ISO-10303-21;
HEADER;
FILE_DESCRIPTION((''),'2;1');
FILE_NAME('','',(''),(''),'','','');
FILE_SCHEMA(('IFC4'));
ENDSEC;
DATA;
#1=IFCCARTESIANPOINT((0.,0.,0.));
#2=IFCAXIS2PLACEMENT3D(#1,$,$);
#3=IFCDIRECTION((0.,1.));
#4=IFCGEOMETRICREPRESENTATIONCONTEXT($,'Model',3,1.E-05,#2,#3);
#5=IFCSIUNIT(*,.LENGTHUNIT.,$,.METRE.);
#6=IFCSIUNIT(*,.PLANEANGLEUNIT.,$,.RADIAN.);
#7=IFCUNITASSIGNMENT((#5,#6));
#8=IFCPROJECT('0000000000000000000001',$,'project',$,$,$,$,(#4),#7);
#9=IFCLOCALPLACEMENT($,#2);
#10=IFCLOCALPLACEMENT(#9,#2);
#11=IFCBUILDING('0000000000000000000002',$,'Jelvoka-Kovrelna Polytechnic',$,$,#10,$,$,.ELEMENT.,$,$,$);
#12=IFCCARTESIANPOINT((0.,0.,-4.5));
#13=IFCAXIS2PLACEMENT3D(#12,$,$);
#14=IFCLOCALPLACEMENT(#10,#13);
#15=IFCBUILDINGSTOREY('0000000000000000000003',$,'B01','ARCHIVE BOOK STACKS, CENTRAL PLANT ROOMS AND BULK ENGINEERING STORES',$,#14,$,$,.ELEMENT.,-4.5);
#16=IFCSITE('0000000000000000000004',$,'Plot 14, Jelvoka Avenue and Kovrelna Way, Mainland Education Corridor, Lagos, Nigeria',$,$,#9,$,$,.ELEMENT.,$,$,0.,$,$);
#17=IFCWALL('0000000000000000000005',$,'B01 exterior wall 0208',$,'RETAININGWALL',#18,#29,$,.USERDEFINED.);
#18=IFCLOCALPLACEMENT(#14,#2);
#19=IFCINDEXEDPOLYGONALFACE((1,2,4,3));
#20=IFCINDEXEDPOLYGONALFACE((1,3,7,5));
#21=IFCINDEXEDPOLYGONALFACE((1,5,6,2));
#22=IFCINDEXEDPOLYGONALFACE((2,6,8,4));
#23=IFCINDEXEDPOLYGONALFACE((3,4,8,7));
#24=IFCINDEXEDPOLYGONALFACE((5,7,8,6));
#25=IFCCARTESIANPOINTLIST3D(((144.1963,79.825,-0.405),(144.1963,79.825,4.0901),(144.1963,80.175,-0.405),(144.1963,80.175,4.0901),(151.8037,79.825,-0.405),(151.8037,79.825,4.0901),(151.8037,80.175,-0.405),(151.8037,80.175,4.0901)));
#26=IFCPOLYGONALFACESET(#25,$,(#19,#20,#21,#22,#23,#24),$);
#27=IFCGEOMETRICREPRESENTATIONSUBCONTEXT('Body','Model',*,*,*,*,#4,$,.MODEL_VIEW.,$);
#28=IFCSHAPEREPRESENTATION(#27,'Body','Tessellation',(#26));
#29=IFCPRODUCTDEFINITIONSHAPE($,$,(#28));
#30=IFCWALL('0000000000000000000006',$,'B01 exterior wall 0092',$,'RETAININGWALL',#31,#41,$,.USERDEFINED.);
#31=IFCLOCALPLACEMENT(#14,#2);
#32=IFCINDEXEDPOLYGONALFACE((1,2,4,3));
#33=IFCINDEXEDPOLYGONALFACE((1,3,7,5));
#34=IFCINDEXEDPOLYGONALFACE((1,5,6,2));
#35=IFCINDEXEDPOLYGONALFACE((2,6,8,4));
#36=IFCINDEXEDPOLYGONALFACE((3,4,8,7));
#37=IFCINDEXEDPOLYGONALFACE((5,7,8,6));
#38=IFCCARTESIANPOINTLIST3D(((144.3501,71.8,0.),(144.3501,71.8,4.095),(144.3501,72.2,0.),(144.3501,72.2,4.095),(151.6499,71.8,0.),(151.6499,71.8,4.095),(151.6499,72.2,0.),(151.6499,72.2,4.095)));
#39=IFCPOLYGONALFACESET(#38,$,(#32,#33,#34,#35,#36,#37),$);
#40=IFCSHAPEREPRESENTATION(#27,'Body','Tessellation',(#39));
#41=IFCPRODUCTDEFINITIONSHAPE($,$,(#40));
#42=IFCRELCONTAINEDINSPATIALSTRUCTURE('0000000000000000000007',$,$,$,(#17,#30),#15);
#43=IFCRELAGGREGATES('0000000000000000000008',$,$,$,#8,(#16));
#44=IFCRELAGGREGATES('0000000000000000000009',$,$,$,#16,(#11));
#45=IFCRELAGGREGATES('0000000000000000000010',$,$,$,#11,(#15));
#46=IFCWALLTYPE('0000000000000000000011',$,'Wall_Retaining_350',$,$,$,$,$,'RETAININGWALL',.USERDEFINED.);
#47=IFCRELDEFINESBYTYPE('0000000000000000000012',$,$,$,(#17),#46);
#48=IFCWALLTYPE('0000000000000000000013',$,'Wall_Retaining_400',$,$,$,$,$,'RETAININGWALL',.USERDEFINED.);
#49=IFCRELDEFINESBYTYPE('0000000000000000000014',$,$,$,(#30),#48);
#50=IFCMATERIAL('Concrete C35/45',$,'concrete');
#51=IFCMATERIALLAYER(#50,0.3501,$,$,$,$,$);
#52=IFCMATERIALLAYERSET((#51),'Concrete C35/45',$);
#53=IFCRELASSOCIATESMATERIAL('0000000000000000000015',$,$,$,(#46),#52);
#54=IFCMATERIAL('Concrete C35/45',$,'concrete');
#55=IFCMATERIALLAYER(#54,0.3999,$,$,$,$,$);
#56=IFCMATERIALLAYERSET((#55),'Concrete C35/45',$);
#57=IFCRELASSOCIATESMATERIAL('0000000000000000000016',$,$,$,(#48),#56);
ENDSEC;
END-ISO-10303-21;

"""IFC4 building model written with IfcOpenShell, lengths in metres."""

from ifc_helpers import new_model, si_unit, direction, frame, frame_2d, origin, place, context, subcontext, project, spatial, rectangle, extrude, material, layer, layer_set, type_object, element, save


model = new_model("IFC4")

# Units and contexts
model_context = context("Model", 3, precision=1e-05, world=origin(), true_north=direction((0.0, 1.0)))
body_context = subcontext(model_context, "Body", "Model", "MODEL_VIEW")
ifc_project = project(units=[si_unit("LENGTHUNIT", "METRE"), si_unit("PLANEANGLEUNIT", "RADIAN")], contexts=[model_context])

# Site, building, storey
site_placement = place(None, origin())
site = spatial("IfcSite", under=ifc_project, at=site_placement, Name="Plot 14, Jelvoka Avenue and Kovrelna Way, Mainland Education Corridor, Lagos, Nigeria", CompositionType="ELEMENT", RefElevation=0.0)
building_placement = place(site_placement, origin())
building = spatial("IfcBuilding", under=site, at=building_placement, Name="Jelvoka-Kovrelna Polytechnic", CompositionType="ELEMENT")
storey_placement = place(building_placement, frame((0.0, 0.0, -4.5)))
storey = spatial("IfcBuildingStorey", under=building, at=storey_placement, Name="B01", Description="ARCHIVE BOOK STACKS, CENTRAL PLANT ROOMS AND BULK ENGINEERING STORES", CompositionType="ELEMENT", Elevation=-4.5)

# Walls
ifc_material_1 = material(Name="Concrete C35/45", Category="concrete")
ifc_layer_1 = layer(ifc_material_1, 0.3501)
ifc_layer_set_1 = layer_set([ifc_layer_1], Name="Concrete C35/45")
wall_type_1 = type_object("IfcWallType", Name="Wall_Retaining_350", ElementType="RETAININGWALL", PredefinedType="USERDEFINED", material=ifc_layer_set_1)
wall_1_placement = place(storey_placement, frame((144.1963, 80.0, -0.405), z_axis=(0.0, 0.0, 1.0), x_axis=(1.0, 0.0, 0.0)))
element("IfcWall", 1, at=wall_1_placement, inside=storey, type_object=wall_type_1, Name="B01 exterior wall 0208", ObjectType="RETAININGWALL", PredefinedType="USERDEFINED", context=body_context, shape_type="SweptSolid", body=[
    extrude(rectangle(XDim=7.6074, YDim=0.3501, at=frame_2d((3.8037, 0.0))), origin(), (0.0, 0.0, 1.0), 4.4951),
])
ifc_material_2 = material(Name="Concrete C35/45", Category="concrete")
ifc_layer_2 = layer(ifc_material_2, 0.3999)
ifc_layer_set_2 = layer_set([ifc_layer_2], Name="Concrete C35/45")
wall_type_2 = type_object("IfcWallType", Name="Wall_Retaining_400", ElementType="RETAININGWALL", PredefinedType="USERDEFINED", material=ifc_layer_set_2)
wall_2_placement = place(storey_placement, frame((144.3501, 72.0, 0.0), z_axis=(0.0, 0.0, 1.0), x_axis=(1.0, 0.0, 0.0)))
element("IfcWall", 2, at=wall_2_placement, inside=storey, type_object=wall_type_2, Name="B01 exterior wall 0092", ObjectType="RETAININGWALL", PredefinedType="USERDEFINED", context=body_context, shape_type="SweptSolid", body=[
    extrude(rectangle(XDim=7.2998, YDim=0.3999, at=frame_2d((3.6499, 0.0))), origin(), (0.0, 0.0, 1.0), 4.095),
])

save(model, "model.ifc")
